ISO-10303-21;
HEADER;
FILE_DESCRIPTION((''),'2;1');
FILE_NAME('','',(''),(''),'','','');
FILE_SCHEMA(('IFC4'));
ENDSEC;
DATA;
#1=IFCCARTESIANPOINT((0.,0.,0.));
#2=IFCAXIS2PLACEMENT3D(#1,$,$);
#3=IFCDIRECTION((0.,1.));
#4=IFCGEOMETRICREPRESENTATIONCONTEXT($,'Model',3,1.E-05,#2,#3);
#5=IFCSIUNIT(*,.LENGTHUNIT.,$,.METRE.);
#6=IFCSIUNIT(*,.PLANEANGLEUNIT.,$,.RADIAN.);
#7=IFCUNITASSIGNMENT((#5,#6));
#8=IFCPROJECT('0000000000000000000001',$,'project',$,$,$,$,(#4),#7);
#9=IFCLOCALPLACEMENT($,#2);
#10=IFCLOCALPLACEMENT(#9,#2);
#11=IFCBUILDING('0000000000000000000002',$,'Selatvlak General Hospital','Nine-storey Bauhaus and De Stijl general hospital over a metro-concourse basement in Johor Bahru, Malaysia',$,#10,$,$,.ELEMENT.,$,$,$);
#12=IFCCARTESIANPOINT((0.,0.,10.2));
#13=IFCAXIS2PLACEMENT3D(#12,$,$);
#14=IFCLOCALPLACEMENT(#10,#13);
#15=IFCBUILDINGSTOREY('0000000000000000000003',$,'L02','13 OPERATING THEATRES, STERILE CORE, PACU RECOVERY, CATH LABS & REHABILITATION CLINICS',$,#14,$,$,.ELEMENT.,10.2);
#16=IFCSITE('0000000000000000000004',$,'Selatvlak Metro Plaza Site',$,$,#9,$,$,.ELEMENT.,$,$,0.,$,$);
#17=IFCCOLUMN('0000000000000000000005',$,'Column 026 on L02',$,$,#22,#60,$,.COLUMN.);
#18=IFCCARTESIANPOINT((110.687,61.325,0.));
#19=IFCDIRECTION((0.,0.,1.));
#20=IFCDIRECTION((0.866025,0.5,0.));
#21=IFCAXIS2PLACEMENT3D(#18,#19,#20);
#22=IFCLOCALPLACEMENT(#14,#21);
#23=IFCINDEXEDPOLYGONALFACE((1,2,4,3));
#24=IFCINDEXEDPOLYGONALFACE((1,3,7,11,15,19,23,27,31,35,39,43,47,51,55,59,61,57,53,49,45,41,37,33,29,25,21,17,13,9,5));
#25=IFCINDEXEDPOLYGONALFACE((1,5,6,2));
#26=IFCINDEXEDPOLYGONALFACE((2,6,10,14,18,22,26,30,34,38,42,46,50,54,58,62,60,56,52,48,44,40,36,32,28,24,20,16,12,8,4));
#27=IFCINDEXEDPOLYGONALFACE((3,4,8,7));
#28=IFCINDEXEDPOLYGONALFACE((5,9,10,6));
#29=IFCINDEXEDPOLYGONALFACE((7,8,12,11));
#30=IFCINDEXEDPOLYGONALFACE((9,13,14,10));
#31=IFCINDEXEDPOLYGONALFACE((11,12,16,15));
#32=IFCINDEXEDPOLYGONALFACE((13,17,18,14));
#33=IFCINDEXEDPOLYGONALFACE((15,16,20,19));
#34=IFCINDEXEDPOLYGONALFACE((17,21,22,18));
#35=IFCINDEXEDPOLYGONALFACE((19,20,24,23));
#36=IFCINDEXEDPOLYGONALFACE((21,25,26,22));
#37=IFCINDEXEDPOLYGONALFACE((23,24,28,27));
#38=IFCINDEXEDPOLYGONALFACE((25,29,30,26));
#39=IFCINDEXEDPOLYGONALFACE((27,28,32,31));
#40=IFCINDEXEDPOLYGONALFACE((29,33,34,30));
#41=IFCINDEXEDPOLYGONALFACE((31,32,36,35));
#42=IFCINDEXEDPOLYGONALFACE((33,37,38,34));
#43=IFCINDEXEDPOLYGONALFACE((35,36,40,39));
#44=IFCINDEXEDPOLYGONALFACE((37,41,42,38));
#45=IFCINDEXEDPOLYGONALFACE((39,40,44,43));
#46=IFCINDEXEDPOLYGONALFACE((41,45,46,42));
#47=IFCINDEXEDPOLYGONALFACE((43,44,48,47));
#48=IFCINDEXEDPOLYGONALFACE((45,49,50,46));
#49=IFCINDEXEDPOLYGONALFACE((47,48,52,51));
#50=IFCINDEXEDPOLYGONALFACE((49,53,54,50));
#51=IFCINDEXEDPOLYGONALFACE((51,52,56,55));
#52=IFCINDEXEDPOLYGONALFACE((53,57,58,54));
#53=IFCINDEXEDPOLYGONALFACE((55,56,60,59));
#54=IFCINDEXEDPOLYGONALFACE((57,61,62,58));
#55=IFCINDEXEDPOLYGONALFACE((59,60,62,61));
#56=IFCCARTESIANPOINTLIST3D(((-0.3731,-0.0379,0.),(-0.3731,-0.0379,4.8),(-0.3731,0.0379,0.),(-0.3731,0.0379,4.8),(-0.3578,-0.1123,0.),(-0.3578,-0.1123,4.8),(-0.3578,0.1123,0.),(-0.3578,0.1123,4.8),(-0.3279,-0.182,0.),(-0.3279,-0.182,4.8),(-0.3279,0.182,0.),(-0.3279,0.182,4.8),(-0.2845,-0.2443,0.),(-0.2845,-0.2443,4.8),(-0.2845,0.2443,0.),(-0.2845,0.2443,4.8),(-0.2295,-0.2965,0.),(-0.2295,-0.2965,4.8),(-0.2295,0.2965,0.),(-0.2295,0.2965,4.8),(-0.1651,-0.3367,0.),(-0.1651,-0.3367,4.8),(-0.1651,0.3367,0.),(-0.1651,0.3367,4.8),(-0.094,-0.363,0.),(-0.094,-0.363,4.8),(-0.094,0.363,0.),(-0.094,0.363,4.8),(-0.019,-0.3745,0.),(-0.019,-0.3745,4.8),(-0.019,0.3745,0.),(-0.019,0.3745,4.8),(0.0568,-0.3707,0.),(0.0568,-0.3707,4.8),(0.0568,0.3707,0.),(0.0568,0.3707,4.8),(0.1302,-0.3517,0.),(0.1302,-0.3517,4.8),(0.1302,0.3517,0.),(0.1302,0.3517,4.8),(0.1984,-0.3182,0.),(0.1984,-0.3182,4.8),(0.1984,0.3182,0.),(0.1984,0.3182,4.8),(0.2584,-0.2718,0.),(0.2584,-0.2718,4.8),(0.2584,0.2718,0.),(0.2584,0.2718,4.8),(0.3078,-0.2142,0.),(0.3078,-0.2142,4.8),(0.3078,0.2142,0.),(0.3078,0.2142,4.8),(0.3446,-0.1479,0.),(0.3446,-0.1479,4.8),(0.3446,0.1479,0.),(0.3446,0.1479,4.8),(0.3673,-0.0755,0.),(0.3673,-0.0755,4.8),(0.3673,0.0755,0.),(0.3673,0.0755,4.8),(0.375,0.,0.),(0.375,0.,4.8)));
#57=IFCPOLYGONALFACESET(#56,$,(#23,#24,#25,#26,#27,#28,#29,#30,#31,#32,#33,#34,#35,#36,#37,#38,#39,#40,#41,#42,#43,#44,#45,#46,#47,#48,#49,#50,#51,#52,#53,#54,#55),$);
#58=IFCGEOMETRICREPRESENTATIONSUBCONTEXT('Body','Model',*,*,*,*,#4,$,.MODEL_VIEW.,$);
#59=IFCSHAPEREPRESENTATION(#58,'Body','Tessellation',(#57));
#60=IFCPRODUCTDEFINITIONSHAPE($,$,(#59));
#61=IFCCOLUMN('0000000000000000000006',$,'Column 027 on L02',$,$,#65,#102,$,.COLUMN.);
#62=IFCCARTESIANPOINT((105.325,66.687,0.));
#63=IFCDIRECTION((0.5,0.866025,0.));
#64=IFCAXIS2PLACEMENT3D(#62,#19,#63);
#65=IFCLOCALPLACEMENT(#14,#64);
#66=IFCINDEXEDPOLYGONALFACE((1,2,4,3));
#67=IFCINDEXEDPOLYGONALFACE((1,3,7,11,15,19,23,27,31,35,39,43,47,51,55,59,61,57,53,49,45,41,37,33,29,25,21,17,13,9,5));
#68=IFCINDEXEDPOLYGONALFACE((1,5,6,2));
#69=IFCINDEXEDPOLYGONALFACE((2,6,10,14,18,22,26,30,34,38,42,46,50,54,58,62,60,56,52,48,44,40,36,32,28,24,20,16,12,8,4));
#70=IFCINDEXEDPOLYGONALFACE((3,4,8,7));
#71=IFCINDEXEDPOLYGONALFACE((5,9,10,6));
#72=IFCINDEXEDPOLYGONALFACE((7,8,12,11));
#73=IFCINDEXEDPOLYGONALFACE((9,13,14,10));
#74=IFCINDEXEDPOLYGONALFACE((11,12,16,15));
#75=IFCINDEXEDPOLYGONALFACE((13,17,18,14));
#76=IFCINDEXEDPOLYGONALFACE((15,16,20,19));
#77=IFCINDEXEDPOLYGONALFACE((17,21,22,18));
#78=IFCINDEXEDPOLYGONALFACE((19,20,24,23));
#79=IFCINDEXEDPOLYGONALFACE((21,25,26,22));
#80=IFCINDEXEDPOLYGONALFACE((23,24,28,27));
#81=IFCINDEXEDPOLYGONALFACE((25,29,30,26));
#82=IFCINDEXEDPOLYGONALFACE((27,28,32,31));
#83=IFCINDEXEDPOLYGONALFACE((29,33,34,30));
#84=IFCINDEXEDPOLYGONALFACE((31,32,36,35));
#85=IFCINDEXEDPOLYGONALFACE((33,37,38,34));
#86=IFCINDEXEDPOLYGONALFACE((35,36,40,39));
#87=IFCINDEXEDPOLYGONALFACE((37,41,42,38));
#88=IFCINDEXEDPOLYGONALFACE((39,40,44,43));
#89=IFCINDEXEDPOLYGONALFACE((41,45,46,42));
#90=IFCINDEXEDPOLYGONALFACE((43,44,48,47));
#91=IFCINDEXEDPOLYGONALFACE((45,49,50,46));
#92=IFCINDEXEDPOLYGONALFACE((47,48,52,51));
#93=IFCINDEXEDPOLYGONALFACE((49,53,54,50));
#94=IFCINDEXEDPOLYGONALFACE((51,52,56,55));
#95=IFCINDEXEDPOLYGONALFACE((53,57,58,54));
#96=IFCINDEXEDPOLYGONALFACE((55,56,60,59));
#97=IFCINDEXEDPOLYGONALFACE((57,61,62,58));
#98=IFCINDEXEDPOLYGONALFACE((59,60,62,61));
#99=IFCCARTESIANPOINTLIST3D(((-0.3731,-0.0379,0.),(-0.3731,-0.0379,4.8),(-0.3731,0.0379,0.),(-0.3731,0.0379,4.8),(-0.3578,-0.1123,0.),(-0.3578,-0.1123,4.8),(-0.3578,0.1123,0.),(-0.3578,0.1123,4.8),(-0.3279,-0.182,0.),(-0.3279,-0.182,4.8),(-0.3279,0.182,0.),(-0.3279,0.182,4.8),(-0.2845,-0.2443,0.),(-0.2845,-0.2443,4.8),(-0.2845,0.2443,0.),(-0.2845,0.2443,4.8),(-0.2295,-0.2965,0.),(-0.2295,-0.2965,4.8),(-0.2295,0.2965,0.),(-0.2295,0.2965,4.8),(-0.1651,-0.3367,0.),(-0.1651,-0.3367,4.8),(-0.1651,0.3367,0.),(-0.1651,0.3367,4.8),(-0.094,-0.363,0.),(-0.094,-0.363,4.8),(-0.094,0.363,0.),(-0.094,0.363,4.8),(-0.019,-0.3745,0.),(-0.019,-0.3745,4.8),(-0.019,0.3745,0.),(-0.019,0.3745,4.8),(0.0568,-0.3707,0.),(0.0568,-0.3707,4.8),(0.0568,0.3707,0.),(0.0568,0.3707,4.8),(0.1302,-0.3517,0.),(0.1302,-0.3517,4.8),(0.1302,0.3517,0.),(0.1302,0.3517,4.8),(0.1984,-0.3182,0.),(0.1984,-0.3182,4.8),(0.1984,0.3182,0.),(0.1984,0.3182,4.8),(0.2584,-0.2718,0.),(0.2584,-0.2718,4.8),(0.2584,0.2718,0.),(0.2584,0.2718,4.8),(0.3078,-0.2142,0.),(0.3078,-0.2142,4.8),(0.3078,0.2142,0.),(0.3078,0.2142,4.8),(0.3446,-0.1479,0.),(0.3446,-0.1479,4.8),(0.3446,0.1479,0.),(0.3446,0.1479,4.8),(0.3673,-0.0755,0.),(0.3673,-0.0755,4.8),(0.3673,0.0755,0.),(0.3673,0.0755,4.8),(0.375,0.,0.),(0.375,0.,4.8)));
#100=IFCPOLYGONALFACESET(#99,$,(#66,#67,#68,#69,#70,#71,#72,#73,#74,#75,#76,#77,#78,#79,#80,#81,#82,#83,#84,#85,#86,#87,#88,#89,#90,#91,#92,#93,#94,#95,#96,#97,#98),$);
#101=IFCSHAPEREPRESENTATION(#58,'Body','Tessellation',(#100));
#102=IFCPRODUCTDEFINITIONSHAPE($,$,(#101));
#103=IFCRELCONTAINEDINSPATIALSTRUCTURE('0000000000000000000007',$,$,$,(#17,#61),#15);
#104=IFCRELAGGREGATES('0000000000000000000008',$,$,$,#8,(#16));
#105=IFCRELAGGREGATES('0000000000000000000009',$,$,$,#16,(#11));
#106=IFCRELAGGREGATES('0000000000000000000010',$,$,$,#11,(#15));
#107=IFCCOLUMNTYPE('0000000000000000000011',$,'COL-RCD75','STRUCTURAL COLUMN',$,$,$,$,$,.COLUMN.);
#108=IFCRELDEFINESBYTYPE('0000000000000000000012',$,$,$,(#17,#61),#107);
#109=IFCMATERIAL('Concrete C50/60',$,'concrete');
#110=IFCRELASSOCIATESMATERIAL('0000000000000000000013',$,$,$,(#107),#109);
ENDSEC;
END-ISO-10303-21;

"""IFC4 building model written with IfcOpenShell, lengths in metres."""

from ifc_helpers import new_model, si_unit, direction, frame, origin, origin_2d, place, context, subcontext, project, spatial, circle, extrude, material, material_profile, profile_set, type_object, element, save


model = new_model("IFC4")

# Units and contexts
model_context = context("Model", 3, precision=1e-05, world=origin(), true_north=direction((0.0, 1.0)))
body_context = subcontext(model_context, "Body", "Model", "MODEL_VIEW")
ifc_project = project(units=[si_unit("LENGTHUNIT", "METRE"), si_unit("PLANEANGLEUNIT", "RADIAN")], contexts=[model_context])

# Site, building, storey
site_placement = place(None, origin())
site = spatial("IfcSite", under=ifc_project, at=site_placement, Name="Selatvlak Metro Plaza Site", CompositionType="ELEMENT", RefElevation=0.0)
building_placement = place(site_placement, origin())
building = spatial("IfcBuilding", under=site, at=building_placement, Name="Selatvlak General Hospital", Description="Nine-storey Bauhaus and De Stijl general hospital over a metro-concourse basement in Johor Bahru, Malaysia", CompositionType="ELEMENT")
storey_placement = place(building_placement, frame((0.0, 0.0, 10.2)))
storey = spatial("IfcBuildingStorey", under=building, at=storey_placement, Name="L02", Description="13 OPERATING THEATRES, STERILE CORE, PACU RECOVERY, CATH LABS & REHABILITATION CLINICS", CompositionType="ELEMENT", Elevation=10.2)

# Columns
ifc_material_1 = material(Name="Concrete C50/60", Category="concrete")
ifc_material_profile_1 = material_profile(ifc_material_1, circle(Radius=0.375, at=origin_2d()), Name="RC-COL D750")
ifc_profile_set_1 = profile_set([ifc_material_profile_1], Name="Concrete C50/60")
column_type = type_object("IfcColumnType", Name="COL-RCD75", Description="STRUCTURAL COLUMN", PredefinedType="COLUMN", material=ifc_profile_set_1)
for number, where, z_axis, x_axis, name in (
    (1, (110.687, 61.325, 0.0), (0.0, 0.0, 1.0), (0.866025, 0.5, 0.0), "Column 026 on L02"),
    (2, (105.325, 66.687, 0.0), (0.0, 0.0, 1.0), (0.5, 0.866025, 0.0), "Column 027 on L02"),
):
    element("IfcColumn", number, at=place(storey_placement, frame(where, z_axis=z_axis, x_axis=x_axis)), inside=storey, type_object=column_type, Name=name, PredefinedType="COLUMN", context=body_context, shape_type="SweptSolid", body=[
        extrude(circle(Radius=0.375, at=origin_2d()), origin(), (0.0, 0.0, 1.0), 4.8),
    ])

save(model, "model.ifc")
